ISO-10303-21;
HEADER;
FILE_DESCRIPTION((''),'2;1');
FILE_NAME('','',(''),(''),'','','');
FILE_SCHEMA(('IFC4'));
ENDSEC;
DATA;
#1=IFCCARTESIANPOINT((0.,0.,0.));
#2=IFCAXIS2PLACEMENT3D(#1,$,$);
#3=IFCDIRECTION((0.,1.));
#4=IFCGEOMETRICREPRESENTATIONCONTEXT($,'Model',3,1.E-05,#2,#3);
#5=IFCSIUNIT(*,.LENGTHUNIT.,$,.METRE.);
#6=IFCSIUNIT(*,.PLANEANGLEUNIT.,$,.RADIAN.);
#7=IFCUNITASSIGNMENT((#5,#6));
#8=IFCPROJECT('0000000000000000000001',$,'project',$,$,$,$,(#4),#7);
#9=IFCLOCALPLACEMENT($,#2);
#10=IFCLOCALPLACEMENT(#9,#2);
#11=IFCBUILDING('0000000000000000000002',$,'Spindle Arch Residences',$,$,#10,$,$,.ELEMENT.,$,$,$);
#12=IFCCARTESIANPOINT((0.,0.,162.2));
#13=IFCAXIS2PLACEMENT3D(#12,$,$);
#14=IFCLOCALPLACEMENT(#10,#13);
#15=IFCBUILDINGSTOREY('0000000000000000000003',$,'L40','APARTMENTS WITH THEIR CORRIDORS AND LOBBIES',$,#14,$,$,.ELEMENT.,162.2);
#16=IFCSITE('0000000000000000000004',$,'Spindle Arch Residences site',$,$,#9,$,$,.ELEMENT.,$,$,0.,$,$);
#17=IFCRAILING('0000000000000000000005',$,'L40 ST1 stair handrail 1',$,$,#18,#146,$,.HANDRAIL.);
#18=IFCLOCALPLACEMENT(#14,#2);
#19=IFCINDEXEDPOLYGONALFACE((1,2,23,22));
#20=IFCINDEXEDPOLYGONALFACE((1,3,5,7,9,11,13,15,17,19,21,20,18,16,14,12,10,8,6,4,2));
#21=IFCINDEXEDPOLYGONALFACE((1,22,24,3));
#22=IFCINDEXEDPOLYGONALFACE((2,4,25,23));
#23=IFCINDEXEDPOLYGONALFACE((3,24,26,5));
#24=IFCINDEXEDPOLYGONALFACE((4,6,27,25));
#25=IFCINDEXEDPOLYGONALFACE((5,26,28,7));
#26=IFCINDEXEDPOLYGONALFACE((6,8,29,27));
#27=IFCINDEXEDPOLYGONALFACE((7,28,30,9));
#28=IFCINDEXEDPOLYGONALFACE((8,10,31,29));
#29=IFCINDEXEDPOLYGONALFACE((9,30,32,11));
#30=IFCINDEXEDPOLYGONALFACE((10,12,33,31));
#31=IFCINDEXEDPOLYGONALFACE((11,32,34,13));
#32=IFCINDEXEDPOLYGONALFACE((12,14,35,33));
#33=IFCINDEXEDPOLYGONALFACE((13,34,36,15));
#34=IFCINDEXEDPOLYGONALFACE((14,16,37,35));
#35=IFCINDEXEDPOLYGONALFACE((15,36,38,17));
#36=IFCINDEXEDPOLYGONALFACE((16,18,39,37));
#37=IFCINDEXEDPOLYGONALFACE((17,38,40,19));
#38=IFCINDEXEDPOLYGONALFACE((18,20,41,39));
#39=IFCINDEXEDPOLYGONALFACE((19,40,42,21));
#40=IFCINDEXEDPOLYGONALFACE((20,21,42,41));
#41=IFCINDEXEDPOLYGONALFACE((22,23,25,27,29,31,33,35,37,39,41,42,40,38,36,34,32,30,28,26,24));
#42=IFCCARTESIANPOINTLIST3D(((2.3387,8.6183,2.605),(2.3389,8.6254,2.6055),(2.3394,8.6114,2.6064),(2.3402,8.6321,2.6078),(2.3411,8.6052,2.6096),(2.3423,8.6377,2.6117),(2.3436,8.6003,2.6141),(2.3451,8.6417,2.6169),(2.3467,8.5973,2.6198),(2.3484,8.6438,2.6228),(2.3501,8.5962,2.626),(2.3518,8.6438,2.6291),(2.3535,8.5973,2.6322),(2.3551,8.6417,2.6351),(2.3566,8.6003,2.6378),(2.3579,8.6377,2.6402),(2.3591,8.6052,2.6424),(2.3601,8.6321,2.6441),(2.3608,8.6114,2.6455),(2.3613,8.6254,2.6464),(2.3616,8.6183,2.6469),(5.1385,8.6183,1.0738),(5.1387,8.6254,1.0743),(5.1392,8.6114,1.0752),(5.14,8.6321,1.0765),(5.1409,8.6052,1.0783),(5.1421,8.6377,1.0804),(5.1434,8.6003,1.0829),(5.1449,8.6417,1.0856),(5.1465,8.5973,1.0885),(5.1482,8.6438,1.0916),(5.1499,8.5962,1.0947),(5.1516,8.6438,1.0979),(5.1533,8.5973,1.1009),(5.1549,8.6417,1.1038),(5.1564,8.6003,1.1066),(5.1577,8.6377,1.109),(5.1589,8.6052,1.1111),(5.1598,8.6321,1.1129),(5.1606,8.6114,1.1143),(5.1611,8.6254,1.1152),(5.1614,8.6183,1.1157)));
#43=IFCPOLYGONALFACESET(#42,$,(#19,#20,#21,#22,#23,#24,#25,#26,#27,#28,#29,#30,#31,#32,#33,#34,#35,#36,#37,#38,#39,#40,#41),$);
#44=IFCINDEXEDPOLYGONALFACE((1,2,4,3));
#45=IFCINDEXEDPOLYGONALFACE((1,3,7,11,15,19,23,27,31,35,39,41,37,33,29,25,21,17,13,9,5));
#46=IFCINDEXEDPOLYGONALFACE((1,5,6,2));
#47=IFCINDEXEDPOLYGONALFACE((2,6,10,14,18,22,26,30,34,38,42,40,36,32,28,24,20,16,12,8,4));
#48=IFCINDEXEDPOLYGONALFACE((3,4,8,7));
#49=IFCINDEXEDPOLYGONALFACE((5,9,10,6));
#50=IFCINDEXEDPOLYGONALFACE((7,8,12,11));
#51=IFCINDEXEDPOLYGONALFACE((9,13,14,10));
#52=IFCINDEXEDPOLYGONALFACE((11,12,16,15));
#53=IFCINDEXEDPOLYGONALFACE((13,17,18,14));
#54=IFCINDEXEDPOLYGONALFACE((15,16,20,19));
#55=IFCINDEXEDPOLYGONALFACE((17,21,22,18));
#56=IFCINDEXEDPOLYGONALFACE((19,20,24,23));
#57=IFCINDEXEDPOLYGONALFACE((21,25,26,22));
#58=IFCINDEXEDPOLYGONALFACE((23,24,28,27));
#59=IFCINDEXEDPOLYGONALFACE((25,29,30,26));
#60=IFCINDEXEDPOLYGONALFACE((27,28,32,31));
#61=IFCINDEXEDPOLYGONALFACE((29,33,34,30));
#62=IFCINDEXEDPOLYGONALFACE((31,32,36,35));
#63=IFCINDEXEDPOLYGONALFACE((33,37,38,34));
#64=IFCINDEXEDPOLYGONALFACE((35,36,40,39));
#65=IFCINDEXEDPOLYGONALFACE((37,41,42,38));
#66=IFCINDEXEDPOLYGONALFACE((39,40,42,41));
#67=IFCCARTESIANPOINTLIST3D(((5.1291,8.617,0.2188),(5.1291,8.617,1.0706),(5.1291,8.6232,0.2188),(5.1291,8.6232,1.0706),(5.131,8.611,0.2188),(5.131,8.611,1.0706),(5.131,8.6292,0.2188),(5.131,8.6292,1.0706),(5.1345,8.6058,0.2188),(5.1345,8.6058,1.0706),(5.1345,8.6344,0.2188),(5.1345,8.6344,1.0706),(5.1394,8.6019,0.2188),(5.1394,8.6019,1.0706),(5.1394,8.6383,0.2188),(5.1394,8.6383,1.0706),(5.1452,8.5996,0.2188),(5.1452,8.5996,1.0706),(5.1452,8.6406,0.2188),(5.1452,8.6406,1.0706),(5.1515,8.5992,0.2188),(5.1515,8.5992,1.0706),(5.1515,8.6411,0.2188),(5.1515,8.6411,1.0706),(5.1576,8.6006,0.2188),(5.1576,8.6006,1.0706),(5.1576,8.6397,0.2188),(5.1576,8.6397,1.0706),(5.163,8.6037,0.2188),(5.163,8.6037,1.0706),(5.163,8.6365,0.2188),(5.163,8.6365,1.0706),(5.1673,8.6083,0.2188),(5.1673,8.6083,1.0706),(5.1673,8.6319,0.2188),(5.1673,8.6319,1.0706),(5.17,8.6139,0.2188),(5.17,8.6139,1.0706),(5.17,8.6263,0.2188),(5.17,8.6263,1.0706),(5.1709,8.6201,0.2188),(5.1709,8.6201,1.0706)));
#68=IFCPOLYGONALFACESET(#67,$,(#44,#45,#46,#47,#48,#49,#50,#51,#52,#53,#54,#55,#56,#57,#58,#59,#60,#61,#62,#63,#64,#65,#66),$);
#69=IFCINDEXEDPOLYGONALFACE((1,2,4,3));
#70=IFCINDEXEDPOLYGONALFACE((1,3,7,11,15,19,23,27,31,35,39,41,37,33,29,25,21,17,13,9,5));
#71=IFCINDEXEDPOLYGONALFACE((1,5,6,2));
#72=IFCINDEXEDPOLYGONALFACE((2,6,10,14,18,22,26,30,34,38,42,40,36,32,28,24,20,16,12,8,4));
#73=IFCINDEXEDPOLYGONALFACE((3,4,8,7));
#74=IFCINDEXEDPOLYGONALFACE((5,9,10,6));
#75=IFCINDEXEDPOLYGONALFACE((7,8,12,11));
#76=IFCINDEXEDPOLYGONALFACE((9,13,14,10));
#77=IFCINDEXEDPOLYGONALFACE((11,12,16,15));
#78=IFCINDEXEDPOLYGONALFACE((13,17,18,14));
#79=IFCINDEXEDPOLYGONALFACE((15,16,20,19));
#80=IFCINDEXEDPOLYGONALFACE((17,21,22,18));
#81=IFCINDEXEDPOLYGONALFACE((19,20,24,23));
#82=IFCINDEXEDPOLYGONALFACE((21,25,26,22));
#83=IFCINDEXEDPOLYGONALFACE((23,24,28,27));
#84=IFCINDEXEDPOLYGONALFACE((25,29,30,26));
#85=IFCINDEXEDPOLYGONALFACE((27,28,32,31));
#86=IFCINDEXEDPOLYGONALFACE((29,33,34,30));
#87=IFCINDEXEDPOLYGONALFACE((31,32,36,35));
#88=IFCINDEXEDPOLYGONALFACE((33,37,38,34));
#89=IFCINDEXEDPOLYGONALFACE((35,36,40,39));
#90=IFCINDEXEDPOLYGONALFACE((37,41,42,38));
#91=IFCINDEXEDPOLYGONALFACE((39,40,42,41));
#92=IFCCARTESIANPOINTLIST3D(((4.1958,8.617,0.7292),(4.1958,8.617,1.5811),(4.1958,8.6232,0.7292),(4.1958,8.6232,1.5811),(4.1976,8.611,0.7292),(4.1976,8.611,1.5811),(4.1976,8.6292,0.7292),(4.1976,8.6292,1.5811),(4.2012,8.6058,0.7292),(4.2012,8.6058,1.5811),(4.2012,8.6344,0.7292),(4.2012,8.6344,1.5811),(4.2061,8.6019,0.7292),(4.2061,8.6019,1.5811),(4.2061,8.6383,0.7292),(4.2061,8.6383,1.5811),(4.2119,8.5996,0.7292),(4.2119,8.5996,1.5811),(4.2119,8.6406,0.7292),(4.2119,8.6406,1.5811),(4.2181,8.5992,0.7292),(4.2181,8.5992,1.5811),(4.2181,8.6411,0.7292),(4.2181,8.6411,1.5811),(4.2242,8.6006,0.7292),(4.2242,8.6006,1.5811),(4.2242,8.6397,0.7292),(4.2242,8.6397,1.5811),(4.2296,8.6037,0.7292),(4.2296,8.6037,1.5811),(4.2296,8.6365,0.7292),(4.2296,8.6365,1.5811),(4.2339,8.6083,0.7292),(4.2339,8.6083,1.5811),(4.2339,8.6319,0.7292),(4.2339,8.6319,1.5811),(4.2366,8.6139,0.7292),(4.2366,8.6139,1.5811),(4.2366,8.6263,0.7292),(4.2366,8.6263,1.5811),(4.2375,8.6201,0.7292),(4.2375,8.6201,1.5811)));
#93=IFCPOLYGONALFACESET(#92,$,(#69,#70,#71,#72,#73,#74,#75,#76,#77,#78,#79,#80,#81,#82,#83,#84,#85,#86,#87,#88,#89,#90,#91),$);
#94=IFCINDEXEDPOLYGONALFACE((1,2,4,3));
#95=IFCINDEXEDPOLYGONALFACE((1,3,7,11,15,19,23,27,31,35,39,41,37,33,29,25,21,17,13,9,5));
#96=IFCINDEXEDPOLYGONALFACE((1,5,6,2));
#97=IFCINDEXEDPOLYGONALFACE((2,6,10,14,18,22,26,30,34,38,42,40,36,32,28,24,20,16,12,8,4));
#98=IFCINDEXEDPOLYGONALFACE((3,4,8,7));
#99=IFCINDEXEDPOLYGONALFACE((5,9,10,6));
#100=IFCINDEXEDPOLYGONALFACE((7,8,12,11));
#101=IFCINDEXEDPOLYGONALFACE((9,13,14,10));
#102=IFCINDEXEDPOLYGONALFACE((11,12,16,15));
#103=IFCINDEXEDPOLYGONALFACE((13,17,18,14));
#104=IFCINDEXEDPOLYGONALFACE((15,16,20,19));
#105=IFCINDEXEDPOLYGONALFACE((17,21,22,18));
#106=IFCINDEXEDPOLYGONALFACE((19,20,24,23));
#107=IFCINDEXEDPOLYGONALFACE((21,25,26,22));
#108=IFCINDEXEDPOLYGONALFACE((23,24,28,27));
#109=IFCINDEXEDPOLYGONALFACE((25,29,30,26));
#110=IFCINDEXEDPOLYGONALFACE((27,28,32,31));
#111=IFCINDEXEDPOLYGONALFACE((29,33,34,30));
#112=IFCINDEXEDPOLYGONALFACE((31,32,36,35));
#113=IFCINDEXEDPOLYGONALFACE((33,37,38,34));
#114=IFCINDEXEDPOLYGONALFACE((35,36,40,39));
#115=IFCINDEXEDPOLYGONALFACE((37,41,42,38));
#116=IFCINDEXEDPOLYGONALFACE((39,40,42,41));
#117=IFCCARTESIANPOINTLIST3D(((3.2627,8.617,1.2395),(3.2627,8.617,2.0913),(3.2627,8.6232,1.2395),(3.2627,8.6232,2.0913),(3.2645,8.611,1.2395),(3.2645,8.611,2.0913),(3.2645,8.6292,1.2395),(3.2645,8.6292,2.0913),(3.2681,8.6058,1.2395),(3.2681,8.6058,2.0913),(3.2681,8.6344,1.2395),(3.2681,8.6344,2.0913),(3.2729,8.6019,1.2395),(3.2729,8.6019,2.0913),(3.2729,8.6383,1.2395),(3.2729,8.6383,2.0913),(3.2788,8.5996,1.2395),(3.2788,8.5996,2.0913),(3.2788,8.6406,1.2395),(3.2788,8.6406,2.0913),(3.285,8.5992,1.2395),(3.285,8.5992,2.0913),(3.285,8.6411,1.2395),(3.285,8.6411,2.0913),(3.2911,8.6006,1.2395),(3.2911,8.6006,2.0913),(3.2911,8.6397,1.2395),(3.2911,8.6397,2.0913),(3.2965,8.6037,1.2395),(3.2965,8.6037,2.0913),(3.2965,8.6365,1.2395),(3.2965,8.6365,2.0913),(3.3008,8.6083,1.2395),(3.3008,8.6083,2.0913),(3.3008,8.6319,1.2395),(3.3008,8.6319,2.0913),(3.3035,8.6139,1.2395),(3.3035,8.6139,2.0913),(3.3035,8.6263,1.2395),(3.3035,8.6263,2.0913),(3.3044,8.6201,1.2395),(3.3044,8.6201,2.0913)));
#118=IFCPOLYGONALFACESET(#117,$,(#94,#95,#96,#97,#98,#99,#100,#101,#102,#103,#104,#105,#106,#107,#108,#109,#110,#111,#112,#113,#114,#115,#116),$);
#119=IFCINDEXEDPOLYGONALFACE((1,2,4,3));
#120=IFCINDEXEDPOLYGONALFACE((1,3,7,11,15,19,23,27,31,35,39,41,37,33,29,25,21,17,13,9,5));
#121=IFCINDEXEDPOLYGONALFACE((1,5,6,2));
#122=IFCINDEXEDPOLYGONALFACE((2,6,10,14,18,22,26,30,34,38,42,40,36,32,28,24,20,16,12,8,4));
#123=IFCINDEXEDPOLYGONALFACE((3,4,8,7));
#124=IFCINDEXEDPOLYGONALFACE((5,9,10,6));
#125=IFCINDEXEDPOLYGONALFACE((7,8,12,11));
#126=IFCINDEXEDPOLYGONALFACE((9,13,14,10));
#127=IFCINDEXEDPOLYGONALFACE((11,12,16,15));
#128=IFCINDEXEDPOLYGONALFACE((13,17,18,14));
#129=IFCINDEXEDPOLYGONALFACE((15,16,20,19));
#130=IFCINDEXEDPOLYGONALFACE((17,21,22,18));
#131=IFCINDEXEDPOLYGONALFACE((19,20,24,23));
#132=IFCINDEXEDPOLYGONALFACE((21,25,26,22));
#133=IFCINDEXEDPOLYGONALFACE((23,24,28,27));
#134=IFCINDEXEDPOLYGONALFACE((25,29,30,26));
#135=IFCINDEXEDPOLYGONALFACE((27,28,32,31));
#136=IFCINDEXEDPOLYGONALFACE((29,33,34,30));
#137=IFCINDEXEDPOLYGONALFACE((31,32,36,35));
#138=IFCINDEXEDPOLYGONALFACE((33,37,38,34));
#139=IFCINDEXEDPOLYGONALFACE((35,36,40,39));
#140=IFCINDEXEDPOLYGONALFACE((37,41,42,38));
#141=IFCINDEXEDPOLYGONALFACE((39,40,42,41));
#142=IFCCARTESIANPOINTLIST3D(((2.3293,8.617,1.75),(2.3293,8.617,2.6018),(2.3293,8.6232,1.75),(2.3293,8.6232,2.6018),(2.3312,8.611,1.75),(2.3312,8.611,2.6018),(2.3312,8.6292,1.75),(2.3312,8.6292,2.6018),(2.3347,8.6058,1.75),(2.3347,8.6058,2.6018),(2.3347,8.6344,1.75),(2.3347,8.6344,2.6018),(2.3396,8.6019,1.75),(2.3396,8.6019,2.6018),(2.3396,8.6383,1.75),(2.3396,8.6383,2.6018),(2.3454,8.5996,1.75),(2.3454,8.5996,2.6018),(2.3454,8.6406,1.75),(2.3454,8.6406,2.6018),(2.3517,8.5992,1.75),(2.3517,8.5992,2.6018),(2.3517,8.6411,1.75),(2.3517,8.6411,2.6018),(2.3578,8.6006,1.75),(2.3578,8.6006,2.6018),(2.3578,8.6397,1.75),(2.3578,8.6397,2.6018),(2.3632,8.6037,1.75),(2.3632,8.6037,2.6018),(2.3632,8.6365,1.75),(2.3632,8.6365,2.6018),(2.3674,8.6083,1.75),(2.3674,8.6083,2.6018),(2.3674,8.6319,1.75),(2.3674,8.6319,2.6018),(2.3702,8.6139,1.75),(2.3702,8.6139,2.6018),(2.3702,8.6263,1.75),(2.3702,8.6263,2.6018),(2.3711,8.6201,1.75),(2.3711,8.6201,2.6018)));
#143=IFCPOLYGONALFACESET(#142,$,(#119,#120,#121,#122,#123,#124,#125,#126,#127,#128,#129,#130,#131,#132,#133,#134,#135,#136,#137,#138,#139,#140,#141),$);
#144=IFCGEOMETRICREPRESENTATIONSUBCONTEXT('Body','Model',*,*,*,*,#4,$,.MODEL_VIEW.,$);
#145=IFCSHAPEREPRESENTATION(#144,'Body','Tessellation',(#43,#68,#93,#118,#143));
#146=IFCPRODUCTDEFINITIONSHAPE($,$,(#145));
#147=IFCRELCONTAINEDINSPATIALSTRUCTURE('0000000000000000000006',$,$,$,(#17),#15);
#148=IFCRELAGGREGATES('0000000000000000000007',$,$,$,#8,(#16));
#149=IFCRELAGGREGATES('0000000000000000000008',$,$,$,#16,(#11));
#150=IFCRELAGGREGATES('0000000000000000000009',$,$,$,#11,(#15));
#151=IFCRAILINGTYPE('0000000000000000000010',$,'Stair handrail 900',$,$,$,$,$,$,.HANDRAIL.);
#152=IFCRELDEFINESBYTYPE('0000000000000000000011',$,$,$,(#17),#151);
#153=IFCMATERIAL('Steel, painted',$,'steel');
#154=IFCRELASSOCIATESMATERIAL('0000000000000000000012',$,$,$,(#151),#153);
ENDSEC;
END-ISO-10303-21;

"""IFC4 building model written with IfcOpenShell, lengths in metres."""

from ifc_helpers import new_model, si_unit, direction, frame, origin, origin_2d, place, context, subcontext, project, spatial, circle, extrude, material, type_object, element, save


model = new_model("IFC4")

# Units and contexts
model_context = context("Model", 3, precision=1e-05, world=origin(), true_north=direction((0.0, 1.0)))
body_context = subcontext(model_context, "Body", "Model", "MODEL_VIEW")
ifc_project = project(units=[si_unit("LENGTHUNIT", "METRE"), si_unit("PLANEANGLEUNIT", "RADIAN")], contexts=[model_context])

# Site, building, storey
site_placement = place(None, origin())
site = spatial("IfcSite", under=ifc_project, at=site_placement, Name="Spindle Arch Residences site", CompositionType="ELEMENT", RefElevation=0.0)
building_placement = place(site_placement, origin())
building = spatial("IfcBuilding", under=site, at=building_placement, Name="Spindle Arch Residences", CompositionType="ELEMENT")
storey_placement = place(building_placement, frame((0.0, 0.0, 162.2)))
storey = spatial("IfcBuildingStorey", under=building, at=storey_placement, Name="L40", Description="APARTMENTS WITH THEIR CORRIDORS AND LOBBIES", CompositionType="ELEMENT", Elevation=162.2)

# Railing
ifc_material_1 = material(Name="Steel, painted", Category="steel")
railing_type_1 = type_object("IfcRailingType", Name="Stair handrail 900", PredefinedType="HANDRAIL", material=ifc_material_1)
railing_1_placement = place(storey_placement, frame((5.1499, 8.6201, 0.2188)))
element("IfcRailing", 1, at=railing_1_placement, inside=storey, type_object=railing_type_1, Name="L40 ST1 stair handrail 1", PredefinedType="HANDRAIL", context=body_context, shape_type="SweptSolid", body=[
    extrude(circle(Radius=0.0239, at=origin_2d()), frame((0.0, 0.0, 0.876), z_axis=(-0.877357, 0.0, 0.479838), x_axis=(0.0, -1.0, 0.0)), (0.0, 0.0, 1.0), 3.1912),
    extrude(circle(Radius=0.021, at=origin_2d()), origin(), (0.0, 0.0, 1.0), 0.8518),
    extrude(circle(Radius=0.021, at=origin_2d()), frame((-0.9333, 0.0, 0.5105)), (0.0, 0.0, 1.0), 0.8518),
    extrude(circle(Radius=0.021, at=origin_2d()), frame((-1.8665, 0.0, 1.0208)), (0.0, 0.0, 1.0), 0.8518),
    extrude(circle(Radius=0.021, at=origin_2d()), frame((-2.7998, 0.0, 1.5312)), (0.0, 0.0, 1.0), 0.8518),
])

save(model, "model.ifc")
